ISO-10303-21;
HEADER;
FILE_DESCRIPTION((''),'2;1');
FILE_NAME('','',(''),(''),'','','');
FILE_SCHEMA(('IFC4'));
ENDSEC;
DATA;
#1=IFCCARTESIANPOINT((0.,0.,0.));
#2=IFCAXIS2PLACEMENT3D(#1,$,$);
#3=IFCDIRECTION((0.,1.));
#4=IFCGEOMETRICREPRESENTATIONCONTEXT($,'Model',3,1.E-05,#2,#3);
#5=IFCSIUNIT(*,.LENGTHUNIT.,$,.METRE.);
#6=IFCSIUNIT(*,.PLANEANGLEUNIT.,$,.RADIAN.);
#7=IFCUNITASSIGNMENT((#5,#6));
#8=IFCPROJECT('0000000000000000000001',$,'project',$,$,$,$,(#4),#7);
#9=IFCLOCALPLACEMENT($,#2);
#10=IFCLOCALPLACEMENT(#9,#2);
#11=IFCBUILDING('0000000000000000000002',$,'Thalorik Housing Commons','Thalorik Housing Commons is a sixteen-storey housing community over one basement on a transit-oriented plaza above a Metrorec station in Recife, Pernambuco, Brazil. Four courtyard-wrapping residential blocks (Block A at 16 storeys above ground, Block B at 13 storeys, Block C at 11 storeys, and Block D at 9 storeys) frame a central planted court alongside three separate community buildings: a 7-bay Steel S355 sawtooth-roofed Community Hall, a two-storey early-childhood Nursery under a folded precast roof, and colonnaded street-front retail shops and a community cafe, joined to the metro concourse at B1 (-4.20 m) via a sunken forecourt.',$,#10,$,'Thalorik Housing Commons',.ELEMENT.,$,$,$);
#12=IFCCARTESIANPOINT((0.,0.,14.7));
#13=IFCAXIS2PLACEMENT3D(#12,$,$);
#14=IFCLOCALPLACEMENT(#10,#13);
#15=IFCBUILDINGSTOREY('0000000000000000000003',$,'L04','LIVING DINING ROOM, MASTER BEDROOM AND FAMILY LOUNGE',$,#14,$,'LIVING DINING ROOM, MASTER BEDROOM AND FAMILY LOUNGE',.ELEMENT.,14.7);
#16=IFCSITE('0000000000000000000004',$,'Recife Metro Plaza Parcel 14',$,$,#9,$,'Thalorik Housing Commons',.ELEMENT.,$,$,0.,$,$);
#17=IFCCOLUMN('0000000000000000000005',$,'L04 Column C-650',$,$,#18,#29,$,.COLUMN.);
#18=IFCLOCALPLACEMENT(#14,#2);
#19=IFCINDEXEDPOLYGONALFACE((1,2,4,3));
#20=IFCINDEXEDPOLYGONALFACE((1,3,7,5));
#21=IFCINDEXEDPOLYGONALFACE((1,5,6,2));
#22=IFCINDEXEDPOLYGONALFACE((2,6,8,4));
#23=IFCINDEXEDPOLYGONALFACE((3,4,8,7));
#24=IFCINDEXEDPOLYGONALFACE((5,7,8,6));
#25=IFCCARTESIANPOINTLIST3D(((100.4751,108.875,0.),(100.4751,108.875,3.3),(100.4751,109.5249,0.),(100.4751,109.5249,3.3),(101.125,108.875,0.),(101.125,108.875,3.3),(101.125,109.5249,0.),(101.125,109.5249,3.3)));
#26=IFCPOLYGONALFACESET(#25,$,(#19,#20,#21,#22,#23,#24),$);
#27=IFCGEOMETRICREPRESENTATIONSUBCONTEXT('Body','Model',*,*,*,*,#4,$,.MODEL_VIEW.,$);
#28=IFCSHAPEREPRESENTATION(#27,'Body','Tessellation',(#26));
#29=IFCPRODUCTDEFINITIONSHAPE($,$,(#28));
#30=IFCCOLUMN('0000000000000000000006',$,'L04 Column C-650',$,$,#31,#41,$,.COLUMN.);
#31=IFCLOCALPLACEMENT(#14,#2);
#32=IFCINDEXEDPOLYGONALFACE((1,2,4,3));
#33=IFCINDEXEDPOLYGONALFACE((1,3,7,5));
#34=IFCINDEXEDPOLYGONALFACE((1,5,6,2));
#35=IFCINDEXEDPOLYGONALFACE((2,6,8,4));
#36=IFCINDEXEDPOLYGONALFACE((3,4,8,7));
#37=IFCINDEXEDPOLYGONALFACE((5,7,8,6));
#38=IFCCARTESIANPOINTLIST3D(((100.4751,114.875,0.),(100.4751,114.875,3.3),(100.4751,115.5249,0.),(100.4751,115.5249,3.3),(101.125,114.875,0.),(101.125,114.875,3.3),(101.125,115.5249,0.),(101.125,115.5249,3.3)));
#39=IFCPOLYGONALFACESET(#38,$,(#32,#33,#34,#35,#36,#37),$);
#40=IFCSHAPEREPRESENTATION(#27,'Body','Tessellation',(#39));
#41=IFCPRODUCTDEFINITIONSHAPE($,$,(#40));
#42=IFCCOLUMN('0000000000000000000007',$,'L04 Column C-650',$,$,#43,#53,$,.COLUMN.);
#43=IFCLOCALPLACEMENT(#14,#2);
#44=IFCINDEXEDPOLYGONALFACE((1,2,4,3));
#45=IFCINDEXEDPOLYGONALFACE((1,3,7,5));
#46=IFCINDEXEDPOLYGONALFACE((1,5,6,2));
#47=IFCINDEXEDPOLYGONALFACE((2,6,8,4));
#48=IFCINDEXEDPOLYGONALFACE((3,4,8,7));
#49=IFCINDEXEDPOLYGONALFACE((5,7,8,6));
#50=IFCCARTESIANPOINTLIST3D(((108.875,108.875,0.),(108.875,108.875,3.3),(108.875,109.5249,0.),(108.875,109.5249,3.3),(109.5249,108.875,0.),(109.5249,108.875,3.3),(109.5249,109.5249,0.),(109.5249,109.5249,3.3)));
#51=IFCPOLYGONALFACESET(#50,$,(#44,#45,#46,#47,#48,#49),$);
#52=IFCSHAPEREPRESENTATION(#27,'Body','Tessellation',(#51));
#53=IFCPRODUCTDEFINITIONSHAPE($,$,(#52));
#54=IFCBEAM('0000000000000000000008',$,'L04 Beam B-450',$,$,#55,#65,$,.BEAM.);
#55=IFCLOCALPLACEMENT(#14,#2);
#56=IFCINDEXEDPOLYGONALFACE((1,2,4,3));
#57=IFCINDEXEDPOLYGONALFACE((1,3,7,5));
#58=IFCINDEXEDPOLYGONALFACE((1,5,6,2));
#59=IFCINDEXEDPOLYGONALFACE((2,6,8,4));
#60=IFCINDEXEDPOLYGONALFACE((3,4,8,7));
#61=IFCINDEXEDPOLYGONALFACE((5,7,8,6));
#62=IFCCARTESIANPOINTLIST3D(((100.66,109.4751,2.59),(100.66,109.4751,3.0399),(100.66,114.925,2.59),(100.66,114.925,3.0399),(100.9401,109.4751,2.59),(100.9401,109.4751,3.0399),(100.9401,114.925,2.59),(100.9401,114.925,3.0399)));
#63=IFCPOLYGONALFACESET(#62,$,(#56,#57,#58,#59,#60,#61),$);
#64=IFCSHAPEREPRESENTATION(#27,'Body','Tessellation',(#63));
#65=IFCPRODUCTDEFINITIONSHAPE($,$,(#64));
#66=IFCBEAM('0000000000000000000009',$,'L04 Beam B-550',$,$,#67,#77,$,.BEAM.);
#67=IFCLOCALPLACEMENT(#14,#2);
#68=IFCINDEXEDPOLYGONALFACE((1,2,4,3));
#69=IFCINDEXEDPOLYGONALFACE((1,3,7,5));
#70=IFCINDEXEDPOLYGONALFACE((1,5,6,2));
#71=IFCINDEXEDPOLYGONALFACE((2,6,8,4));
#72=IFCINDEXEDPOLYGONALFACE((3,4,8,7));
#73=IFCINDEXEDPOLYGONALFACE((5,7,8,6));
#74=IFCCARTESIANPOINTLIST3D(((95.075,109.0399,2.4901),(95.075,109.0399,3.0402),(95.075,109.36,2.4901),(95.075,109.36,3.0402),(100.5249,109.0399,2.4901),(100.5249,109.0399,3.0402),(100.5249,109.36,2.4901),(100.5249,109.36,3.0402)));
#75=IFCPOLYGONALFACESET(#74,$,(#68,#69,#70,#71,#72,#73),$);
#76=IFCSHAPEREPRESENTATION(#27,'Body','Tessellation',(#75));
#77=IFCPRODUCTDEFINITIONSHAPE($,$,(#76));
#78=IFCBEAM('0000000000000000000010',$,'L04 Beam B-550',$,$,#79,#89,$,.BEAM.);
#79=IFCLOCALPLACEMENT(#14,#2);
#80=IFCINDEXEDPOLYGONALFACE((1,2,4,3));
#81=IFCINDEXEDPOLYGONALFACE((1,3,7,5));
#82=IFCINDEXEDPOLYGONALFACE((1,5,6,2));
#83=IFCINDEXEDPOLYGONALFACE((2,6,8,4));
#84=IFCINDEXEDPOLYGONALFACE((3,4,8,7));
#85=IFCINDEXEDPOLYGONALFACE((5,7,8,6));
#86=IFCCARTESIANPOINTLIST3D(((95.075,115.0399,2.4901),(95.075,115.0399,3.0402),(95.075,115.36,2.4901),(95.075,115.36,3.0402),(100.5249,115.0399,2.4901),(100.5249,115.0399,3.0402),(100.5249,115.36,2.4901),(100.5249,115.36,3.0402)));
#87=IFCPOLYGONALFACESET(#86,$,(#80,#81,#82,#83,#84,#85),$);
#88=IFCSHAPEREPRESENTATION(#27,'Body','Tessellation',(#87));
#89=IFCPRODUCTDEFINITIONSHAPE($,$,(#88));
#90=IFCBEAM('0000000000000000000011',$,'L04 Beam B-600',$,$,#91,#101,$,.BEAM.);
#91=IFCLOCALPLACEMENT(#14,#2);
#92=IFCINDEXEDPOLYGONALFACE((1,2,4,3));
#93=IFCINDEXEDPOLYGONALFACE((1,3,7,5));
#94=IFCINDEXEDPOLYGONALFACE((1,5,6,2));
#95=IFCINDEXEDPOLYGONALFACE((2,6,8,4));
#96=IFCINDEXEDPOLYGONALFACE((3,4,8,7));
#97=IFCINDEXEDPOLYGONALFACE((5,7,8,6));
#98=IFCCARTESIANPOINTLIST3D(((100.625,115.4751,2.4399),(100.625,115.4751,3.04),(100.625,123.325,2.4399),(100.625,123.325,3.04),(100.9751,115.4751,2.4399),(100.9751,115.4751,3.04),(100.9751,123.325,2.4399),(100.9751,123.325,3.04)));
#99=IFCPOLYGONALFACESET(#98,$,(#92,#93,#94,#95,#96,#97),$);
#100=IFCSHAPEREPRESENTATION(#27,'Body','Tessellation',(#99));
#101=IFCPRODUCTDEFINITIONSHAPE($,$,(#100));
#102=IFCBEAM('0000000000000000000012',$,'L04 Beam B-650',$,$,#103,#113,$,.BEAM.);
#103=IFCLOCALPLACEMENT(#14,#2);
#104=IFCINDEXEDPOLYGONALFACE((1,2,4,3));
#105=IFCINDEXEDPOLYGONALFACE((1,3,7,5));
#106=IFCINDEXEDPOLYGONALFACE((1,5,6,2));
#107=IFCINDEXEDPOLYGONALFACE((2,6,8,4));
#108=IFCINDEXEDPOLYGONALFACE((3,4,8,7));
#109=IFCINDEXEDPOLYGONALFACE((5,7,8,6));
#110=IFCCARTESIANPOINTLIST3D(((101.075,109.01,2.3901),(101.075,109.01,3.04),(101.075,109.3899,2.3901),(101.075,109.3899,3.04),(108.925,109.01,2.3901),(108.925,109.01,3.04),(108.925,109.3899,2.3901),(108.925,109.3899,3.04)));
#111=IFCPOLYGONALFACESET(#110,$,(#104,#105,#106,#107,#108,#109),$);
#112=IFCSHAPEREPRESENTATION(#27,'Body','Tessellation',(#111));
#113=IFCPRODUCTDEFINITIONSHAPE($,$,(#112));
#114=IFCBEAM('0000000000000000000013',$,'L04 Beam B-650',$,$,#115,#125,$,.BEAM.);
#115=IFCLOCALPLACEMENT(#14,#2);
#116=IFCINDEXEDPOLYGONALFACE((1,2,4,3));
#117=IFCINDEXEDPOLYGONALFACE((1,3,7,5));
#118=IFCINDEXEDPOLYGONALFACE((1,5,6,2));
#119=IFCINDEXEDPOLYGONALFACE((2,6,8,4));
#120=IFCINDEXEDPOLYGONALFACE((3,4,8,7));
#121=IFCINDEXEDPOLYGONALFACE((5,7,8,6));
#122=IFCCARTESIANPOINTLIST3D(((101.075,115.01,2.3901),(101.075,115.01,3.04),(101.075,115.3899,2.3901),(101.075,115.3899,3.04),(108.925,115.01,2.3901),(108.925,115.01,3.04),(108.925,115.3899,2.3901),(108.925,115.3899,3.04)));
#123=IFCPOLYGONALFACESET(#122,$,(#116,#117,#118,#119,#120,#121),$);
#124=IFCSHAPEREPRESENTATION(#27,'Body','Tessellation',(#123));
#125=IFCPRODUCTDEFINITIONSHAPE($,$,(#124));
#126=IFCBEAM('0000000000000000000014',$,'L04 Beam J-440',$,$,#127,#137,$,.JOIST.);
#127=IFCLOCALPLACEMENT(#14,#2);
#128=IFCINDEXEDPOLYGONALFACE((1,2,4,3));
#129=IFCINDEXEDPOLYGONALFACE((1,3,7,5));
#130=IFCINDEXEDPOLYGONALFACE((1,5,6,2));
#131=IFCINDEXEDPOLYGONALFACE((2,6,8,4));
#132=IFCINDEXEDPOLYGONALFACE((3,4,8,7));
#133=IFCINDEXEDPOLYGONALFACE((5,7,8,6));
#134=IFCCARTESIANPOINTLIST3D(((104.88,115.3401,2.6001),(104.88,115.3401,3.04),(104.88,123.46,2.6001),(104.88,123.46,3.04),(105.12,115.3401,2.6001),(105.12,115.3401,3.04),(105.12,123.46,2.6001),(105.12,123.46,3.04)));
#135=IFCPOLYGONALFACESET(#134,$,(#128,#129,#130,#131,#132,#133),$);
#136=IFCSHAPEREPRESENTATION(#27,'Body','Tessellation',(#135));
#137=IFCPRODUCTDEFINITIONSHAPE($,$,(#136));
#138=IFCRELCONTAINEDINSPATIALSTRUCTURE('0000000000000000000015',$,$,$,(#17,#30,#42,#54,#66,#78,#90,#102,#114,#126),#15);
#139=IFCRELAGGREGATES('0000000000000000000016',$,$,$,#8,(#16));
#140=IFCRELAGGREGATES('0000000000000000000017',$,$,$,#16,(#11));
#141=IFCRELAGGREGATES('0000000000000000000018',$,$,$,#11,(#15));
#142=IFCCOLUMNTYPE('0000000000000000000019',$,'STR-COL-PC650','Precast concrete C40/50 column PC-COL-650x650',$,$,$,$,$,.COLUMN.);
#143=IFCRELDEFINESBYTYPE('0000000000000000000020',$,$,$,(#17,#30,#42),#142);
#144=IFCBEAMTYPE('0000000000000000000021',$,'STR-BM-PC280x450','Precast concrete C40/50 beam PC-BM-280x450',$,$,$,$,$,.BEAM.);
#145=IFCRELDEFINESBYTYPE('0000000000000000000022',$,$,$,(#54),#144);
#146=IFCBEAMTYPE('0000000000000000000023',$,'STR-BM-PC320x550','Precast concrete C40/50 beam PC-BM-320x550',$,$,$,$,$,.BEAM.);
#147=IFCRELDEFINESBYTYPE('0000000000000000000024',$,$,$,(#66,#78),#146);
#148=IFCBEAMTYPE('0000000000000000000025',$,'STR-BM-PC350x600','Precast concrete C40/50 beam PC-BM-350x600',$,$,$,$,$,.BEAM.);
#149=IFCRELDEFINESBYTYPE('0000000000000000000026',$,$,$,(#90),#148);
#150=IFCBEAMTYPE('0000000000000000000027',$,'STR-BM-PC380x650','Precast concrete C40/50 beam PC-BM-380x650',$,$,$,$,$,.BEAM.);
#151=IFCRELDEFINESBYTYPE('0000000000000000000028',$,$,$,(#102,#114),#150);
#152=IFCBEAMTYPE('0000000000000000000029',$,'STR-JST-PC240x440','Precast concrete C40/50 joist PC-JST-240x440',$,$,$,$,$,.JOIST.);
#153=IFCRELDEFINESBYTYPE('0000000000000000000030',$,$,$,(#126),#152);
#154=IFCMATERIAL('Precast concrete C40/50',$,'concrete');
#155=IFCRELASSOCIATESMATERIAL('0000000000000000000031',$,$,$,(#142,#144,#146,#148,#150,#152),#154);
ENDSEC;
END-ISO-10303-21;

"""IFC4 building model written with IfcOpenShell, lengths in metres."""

from ifc_helpers import new_model, si_unit, direction, frame, origin, origin_2d, place, context, subcontext, project, spatial, rectangle, extrude, material, material_profile, profile_set, type_object, element, save


model = new_model("IFC4")

# Units and contexts
model_context = context("Model", 3, precision=1e-05, world=origin(), true_north=direction((0.0, 1.0)))
body_context = subcontext(model_context, "Body", "Model", "MODEL_VIEW")
ifc_project = project(units=[si_unit("LENGTHUNIT", "METRE"), si_unit("PLANEANGLEUNIT", "RADIAN")], contexts=[model_context])

# Site, building, storey
site_placement = place(None, origin())
site = spatial("IfcSite", under=ifc_project, at=site_placement, Name="Recife Metro Plaza Parcel 14", LongName="Thalorik Housing Commons", CompositionType="ELEMENT", RefElevation=0.0)
building_placement = place(site_placement, origin())
building = spatial("IfcBuilding", under=site, at=building_placement, Name="Thalorik Housing Commons", Description="Thalorik Housing Commons is a sixteen-storey housing community over one basement on a transit-oriented plaza above a Metrorec station in Recife, Pernambuco, Brazil. Four courtyard-wrapping residential blocks (Block A at 16 storeys above ground, Block B at 13 storeys, Block C at 11 storeys, and Block D at 9 storeys) frame a central planted court alongside three separate community buildings: a 7-bay Steel S355 sawtooth-roofed Community Hall, a two-storey early-childhood Nursery under a folded precast roof, and colonnaded street-front retail shops and a community cafe, joined to the metro concourse at B1 (-4.20 m) via a sunken forecourt.", LongName="Thalorik Housing Commons", CompositionType="ELEMENT")
storey_placement = place(building_placement, frame((0.0, 0.0, 14.7)))
storey = spatial("IfcBuildingStorey", under=building, at=storey_placement, Name="L04", Description="LIVING DINING ROOM, MASTER BEDROOM AND FAMILY LOUNGE", LongName="LIVING DINING ROOM, MASTER BEDROOM AND FAMILY LOUNGE", CompositionType="ELEMENT", Elevation=14.7)

# Columns
ifc_material_1 = material(Name="Precast concrete C40/50", Category="concrete")
ifc_material_profile_1 = material_profile(ifc_material_1, rectangle(XDim=0.6499, YDim=0.6499, at=origin_2d()), Name="PC 650x650", Category="concrete")
ifc_profile_set_1 = profile_set([ifc_material_profile_1], Name="Precast concrete C40/50")
column_type = type_object("IfcColumnType", Name="STR-COL-PC650", Description="Precast concrete C40/50 column PC-COL-650x650", PredefinedType="COLUMN", material=ifc_profile_set_1)
for number, where, z_axis, x_axis, name in (
    (1, (100.8, 109.2, 0.0), (0.0, 0.0, 1.0), (1.0, 0.0, 0.0), "L04 Column C-650"),
    (2, (100.8, 115.2, 0.0), (0.0, 0.0, 1.0), (1.0, 0.0, 0.0), "L04 Column C-650"),
    (3, (109.2, 109.2, 0.0), (0.0, 0.0, 1.0), (1.0, 0.0, 0.0), "L04 Column C-650"),
):
    element("IfcColumn", number, at=place(storey_placement, frame(where, z_axis=z_axis, x_axis=x_axis)), inside=storey, type_object=column_type, Name=name, PredefinedType="COLUMN", context=body_context, shape_type="SweptSolid", body=[
        extrude(rectangle(XDim=0.6499, YDim=0.6499, at=origin_2d()), origin(), (0.0, 0.0, 1.0), 3.3),
    ])

# Beams
ifc_material_profile_2 = material_profile(ifc_material_1, rectangle(XDim=0.28, YDim=0.45, at=origin_2d()), Name="PC 280x450", Category="concrete")
ifc_profile_set_2 = profile_set([ifc_material_profile_2], Name="Precast concrete C40/50")
beam_type_1 = type_object("IfcBeamType", Name="STR-BM-PC280x450", Description="Precast concrete C40/50 beam PC-BM-280x450", PredefinedType="BEAM", material=ifc_profile_set_2)
beam_1_placement = place(storey_placement, frame((100.8, 109.4751, 2.8149), z_axis=(0.0, 1.0, 0.0), x_axis=(-1.0, 0.0, 0.0)))
element("IfcBeam", 4, at=beam_1_placement, inside=storey, type_object=beam_type_1, Name="L04 Beam B-450", PredefinedType="BEAM", context=body_context, shape_type="SweptSolid", body=[
    extrude(rectangle(XDim=0.28, YDim=0.45, at=origin_2d()), origin(), (0.0, 0.0, 1.0), 5.45),
])
ifc_material_profile_3 = material_profile(ifc_material_1, rectangle(XDim=0.3201, YDim=0.55, at=origin_2d()), Name="PC 320x550", Category="concrete")
ifc_profile_set_3 = profile_set([ifc_material_profile_3], Name="Precast concrete C40/50")
beam_type_2 = type_object("IfcBeamType", Name="STR-BM-PC320x550", Description="Precast concrete C40/50 beam PC-BM-320x550", PredefinedType="BEAM", material=ifc_profile_set_3)
for number, where, z_axis, x_axis, name in (
    (5, (95.075, 109.2, 2.7651), (1.0, 0.0, 0.0), (0.0, 1.0, 0.0), "L04 Beam B-550"),
    (6, (95.075, 115.2, 2.7651), (1.0, 0.0, 0.0), (0.0, 1.0, 0.0), "L04 Beam B-550"),
):
    element("IfcBeam", number, at=place(storey_placement, frame(where, z_axis=z_axis, x_axis=x_axis)), inside=storey, type_object=beam_type_2, Name=name, PredefinedType="BEAM", context=body_context, shape_type="SweptSolid", body=[
        extrude(rectangle(XDim=0.3201, YDim=0.55, at=origin_2d()), origin(), (0.0, 0.0, 1.0), 5.45),
    ])
ifc_material_profile_4 = material_profile(ifc_material_1, rectangle(XDim=0.3501, YDim=0.6001, at=origin_2d()), Name="PC 350x600", Category="concrete")
ifc_profile_set_4 = profile_set([ifc_material_profile_4], Name="Precast concrete C40/50")
beam_type_3 = type_object("IfcBeamType", Name="STR-BM-PC350x600", Description="Precast concrete C40/50 beam PC-BM-350x600", PredefinedType="BEAM", material=ifc_profile_set_4)
beam_2_placement = place(storey_placement, frame((100.8, 115.4751, 2.74), z_axis=(0.0, 1.0, 0.0), x_axis=(-1.0, 0.0, 0.0)))
element("IfcBeam", 7, at=beam_2_placement, inside=storey, type_object=beam_type_3, Name="L04 Beam B-600", PredefinedType="BEAM", context=body_context, shape_type="SweptSolid", body=[
    extrude(rectangle(XDim=0.3501, YDim=0.6001, at=origin_2d()), origin(), (0.0, 0.0, 1.0), 7.8499),
])
ifc_material_profile_5 = material_profile(ifc_material_1, rectangle(XDim=0.3799, YDim=0.6499, at=origin_2d()), Name="PC 380x650", Category="concrete")
ifc_profile_set_5 = profile_set([ifc_material_profile_5], Name="Precast concrete C40/50")
beam_type_4 = type_object("IfcBeamType", Name="STR-BM-PC380x650", Description="Precast concrete C40/50 beam PC-BM-380x650", PredefinedType="BEAM", material=ifc_profile_set_5)
for number, where, z_axis, x_axis, name in (
    (8, (101.075, 109.2, 2.7151), (1.0, 0.0, 0.0), (0.0, 1.0, 0.0), "L04 Beam B-650"),
    (9, (101.075, 115.2, 2.7151), (1.0, 0.0, 0.0), (0.0, 1.0, 0.0), "L04 Beam B-650"),
):
    element("IfcBeam", number, at=place(storey_placement, frame(where, z_axis=z_axis, x_axis=x_axis)), inside=storey, type_object=beam_type_4, Name=name, PredefinedType="BEAM", context=body_context, shape_type="SweptSolid", body=[
        extrude(rectangle(XDim=0.3799, YDim=0.6499, at=origin_2d()), origin(), (0.0, 0.0, 1.0), 7.8501),
    ])
ifc_material_profile_6 = material_profile(ifc_material_1, rectangle(XDim=0.24, YDim=0.4399, at=origin_2d()), Name="PC JST 240x440", Category="concrete")
ifc_profile_set_6 = profile_set([ifc_material_profile_6], Name="Precast concrete C40/50")
beam_type_5 = type_object("IfcBeamType", Name="STR-JST-PC240x440", Description="Precast concrete C40/50 joist PC-JST-240x440", PredefinedType="JOIST", material=ifc_profile_set_6)
beam_3_placement = place(storey_placement, frame((105.0, 115.3401, 2.8201), z_axis=(0.0, 1.0, 0.0), x_axis=(-1.0, 0.0, 0.0)))
element("IfcBeam", 10, at=beam_3_placement, inside=storey, type_object=beam_type_5, Name="L04 Beam J-440", PredefinedType="JOIST", context=body_context, shape_type="SweptSolid", body=[
    extrude(rectangle(XDim=0.24, YDim=0.4399, at=origin_2d()), origin(), (0.0, 0.0, 1.0), 8.1199),
])

save(model, "model.ifc")
